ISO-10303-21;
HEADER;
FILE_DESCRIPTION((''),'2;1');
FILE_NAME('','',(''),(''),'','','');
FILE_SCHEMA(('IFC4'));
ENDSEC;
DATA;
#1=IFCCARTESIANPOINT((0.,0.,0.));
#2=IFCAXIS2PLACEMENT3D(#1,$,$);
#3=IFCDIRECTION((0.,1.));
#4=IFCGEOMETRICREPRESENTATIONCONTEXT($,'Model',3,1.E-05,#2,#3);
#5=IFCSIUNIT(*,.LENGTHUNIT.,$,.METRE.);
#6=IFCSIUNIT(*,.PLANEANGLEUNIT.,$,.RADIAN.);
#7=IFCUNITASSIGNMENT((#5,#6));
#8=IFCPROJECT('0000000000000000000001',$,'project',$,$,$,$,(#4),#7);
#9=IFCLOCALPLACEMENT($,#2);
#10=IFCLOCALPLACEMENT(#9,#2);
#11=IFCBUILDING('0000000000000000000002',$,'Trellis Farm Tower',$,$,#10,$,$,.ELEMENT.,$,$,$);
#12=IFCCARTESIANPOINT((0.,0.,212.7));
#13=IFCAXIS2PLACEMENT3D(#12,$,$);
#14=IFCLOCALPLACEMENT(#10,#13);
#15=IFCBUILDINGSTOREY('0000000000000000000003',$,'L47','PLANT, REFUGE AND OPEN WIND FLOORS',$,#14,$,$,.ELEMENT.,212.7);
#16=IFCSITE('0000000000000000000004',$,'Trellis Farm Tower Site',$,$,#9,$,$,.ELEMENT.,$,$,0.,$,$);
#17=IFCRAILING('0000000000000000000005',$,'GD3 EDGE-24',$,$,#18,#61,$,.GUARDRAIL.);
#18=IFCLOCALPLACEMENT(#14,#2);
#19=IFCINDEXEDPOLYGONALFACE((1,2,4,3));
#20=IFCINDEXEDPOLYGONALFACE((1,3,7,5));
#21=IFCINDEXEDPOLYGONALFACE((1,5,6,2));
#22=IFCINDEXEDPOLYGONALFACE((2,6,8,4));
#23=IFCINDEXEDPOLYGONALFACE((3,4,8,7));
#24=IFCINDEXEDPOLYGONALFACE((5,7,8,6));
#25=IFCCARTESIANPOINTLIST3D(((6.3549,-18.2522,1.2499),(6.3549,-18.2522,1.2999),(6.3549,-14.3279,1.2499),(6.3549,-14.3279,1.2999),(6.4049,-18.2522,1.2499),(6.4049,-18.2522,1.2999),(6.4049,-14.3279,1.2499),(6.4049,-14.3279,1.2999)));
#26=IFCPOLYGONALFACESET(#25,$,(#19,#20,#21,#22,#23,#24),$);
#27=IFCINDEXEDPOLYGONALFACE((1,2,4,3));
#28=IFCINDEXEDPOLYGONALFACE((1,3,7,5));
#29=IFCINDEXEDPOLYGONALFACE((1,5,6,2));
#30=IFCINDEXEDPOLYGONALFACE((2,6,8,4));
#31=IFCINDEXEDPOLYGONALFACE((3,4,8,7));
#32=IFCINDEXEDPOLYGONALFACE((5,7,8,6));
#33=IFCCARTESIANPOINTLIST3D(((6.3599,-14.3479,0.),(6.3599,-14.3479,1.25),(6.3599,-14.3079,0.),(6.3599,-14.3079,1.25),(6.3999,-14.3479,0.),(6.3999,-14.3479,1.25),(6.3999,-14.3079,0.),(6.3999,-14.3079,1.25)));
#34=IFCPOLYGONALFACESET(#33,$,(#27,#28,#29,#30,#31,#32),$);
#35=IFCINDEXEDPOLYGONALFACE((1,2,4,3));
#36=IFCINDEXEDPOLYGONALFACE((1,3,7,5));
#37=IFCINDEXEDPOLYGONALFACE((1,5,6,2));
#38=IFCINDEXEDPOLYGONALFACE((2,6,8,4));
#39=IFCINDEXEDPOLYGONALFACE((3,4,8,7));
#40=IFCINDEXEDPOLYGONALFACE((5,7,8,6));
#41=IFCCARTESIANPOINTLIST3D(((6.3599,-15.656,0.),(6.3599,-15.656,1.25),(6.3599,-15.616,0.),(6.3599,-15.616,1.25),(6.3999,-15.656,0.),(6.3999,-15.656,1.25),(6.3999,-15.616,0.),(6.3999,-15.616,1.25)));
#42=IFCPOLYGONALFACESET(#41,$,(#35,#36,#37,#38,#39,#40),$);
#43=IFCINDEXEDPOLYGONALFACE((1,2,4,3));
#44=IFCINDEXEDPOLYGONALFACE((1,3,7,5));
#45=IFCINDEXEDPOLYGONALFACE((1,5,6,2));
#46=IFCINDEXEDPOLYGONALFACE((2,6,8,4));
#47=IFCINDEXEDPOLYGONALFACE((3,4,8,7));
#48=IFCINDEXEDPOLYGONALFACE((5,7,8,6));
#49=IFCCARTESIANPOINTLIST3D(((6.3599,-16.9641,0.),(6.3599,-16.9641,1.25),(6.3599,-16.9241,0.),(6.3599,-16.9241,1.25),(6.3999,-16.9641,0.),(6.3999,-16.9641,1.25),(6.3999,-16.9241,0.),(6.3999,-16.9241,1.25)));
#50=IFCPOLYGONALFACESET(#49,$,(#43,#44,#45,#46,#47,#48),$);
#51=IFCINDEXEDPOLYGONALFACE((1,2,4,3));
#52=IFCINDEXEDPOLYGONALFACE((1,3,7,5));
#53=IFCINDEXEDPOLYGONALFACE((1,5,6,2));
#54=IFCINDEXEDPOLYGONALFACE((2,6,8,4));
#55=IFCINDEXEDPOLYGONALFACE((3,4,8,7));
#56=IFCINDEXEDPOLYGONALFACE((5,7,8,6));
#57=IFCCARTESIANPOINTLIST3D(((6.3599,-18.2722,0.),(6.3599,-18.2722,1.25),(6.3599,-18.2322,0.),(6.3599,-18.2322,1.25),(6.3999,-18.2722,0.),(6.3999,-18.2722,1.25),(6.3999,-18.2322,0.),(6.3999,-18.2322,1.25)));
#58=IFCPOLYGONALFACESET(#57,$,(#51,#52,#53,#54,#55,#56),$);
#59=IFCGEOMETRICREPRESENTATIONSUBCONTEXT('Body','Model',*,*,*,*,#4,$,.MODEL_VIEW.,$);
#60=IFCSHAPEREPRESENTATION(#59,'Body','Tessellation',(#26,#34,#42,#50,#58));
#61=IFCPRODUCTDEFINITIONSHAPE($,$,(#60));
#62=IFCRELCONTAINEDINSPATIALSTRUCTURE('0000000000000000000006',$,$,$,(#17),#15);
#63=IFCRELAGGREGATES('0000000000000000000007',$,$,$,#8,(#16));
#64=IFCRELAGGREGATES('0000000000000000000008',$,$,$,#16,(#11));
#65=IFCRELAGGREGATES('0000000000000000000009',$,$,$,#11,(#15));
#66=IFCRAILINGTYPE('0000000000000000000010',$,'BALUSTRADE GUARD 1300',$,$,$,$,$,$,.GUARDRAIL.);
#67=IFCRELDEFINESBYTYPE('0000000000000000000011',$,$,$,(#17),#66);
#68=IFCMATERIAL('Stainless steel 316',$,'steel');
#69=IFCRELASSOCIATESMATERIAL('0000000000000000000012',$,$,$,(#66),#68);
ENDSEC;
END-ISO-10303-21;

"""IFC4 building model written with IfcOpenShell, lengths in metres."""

from ifc_helpers import new_model, si_unit, direction, frame, origin, origin_2d, place, context, subcontext, project, spatial, rectangle, extrude, source, transform, mapped, material, type_object, element, save


model = new_model("IFC4")

# Units and contexts
model_context = context("Model", 3, precision=1e-05, world=origin(), true_north=direction((0.0, 1.0)))
body_context = subcontext(model_context, "Body", "Model", "MODEL_VIEW")
ifc_project = project(units=[si_unit("LENGTHUNIT", "METRE"), si_unit("PLANEANGLEUNIT", "RADIAN")], contexts=[model_context])

# Site, building, storey
site_placement = place(None, origin())
site = spatial("IfcSite", under=ifc_project, at=site_placement, Name="Trellis Farm Tower Site", CompositionType="ELEMENT", RefElevation=0.0)
building_placement = place(site_placement, origin())
building = spatial("IfcBuilding", under=site, at=building_placement, Name="Trellis Farm Tower", CompositionType="ELEMENT")
storey_placement = place(building_placement, frame((0.0, 0.0, 212.7)))
storey = spatial("IfcBuildingStorey", under=building, at=storey_placement, Name="L47", Description="PLANT, REFUGE AND OPEN WIND FLOORS", CompositionType="ELEMENT", Elevation=212.7)

# Railing
ifc_material_1 = material(Name="Stainless steel 316", Category="steel")
railing_type = type_object("IfcRailingType", Name="BALUSTRADE GUARD 1300", PredefinedType="GUARDRAIL", material=ifc_material_1)
shared_shape_1 = source(origin(), body_context, "Body", "SweptSolid", [
    extrude(rectangle(XDim=0.05, YDim=0.05, at=origin_2d()), frame((0.0, 0.0, 1.2749), z_axis=(0.0, -1.0, 0.0), x_axis=(1.0, 0.0, 0.0)), (0.0, 0.0, 1.0), 3.9243),
    extrude(rectangle(XDim=0.04, YDim=0.04, at=origin_2d()), origin(), (0.0, 0.0, 1.0), 1.25),
    extrude(rectangle(XDim=0.04, YDim=0.04, at=origin_2d()), frame((0.0, -1.3081, 0.0)), (0.0, 0.0, 1.0), 1.25),
    extrude(rectangle(XDim=0.04, YDim=0.04, at=origin_2d()), frame((0.0, -2.6162, 0.0)), (0.0, 0.0, 1.0), 1.25),
    extrude(rectangle(XDim=0.04, YDim=0.04, at=origin_2d()), frame((0.0, -3.9243, 0.0)), (0.0, 0.0, 1.0), 1.25),
])
for number, where, name in (
    (1, (6.3799, -14.3279, 0.0), "GD3 EDGE-24"),
):
    element("IfcRailing", number, at=place(storey_placement, frame(where)), inside=storey, type_object=railing_type, Name=name, PredefinedType="GUARDRAIL", context=body_context, shape_type="MappedRepresentation", body=[
        mapped(shared_shape_1, transform((0.0, 0.0, 0.0))),
    ])

save(model, "model.ifc")
